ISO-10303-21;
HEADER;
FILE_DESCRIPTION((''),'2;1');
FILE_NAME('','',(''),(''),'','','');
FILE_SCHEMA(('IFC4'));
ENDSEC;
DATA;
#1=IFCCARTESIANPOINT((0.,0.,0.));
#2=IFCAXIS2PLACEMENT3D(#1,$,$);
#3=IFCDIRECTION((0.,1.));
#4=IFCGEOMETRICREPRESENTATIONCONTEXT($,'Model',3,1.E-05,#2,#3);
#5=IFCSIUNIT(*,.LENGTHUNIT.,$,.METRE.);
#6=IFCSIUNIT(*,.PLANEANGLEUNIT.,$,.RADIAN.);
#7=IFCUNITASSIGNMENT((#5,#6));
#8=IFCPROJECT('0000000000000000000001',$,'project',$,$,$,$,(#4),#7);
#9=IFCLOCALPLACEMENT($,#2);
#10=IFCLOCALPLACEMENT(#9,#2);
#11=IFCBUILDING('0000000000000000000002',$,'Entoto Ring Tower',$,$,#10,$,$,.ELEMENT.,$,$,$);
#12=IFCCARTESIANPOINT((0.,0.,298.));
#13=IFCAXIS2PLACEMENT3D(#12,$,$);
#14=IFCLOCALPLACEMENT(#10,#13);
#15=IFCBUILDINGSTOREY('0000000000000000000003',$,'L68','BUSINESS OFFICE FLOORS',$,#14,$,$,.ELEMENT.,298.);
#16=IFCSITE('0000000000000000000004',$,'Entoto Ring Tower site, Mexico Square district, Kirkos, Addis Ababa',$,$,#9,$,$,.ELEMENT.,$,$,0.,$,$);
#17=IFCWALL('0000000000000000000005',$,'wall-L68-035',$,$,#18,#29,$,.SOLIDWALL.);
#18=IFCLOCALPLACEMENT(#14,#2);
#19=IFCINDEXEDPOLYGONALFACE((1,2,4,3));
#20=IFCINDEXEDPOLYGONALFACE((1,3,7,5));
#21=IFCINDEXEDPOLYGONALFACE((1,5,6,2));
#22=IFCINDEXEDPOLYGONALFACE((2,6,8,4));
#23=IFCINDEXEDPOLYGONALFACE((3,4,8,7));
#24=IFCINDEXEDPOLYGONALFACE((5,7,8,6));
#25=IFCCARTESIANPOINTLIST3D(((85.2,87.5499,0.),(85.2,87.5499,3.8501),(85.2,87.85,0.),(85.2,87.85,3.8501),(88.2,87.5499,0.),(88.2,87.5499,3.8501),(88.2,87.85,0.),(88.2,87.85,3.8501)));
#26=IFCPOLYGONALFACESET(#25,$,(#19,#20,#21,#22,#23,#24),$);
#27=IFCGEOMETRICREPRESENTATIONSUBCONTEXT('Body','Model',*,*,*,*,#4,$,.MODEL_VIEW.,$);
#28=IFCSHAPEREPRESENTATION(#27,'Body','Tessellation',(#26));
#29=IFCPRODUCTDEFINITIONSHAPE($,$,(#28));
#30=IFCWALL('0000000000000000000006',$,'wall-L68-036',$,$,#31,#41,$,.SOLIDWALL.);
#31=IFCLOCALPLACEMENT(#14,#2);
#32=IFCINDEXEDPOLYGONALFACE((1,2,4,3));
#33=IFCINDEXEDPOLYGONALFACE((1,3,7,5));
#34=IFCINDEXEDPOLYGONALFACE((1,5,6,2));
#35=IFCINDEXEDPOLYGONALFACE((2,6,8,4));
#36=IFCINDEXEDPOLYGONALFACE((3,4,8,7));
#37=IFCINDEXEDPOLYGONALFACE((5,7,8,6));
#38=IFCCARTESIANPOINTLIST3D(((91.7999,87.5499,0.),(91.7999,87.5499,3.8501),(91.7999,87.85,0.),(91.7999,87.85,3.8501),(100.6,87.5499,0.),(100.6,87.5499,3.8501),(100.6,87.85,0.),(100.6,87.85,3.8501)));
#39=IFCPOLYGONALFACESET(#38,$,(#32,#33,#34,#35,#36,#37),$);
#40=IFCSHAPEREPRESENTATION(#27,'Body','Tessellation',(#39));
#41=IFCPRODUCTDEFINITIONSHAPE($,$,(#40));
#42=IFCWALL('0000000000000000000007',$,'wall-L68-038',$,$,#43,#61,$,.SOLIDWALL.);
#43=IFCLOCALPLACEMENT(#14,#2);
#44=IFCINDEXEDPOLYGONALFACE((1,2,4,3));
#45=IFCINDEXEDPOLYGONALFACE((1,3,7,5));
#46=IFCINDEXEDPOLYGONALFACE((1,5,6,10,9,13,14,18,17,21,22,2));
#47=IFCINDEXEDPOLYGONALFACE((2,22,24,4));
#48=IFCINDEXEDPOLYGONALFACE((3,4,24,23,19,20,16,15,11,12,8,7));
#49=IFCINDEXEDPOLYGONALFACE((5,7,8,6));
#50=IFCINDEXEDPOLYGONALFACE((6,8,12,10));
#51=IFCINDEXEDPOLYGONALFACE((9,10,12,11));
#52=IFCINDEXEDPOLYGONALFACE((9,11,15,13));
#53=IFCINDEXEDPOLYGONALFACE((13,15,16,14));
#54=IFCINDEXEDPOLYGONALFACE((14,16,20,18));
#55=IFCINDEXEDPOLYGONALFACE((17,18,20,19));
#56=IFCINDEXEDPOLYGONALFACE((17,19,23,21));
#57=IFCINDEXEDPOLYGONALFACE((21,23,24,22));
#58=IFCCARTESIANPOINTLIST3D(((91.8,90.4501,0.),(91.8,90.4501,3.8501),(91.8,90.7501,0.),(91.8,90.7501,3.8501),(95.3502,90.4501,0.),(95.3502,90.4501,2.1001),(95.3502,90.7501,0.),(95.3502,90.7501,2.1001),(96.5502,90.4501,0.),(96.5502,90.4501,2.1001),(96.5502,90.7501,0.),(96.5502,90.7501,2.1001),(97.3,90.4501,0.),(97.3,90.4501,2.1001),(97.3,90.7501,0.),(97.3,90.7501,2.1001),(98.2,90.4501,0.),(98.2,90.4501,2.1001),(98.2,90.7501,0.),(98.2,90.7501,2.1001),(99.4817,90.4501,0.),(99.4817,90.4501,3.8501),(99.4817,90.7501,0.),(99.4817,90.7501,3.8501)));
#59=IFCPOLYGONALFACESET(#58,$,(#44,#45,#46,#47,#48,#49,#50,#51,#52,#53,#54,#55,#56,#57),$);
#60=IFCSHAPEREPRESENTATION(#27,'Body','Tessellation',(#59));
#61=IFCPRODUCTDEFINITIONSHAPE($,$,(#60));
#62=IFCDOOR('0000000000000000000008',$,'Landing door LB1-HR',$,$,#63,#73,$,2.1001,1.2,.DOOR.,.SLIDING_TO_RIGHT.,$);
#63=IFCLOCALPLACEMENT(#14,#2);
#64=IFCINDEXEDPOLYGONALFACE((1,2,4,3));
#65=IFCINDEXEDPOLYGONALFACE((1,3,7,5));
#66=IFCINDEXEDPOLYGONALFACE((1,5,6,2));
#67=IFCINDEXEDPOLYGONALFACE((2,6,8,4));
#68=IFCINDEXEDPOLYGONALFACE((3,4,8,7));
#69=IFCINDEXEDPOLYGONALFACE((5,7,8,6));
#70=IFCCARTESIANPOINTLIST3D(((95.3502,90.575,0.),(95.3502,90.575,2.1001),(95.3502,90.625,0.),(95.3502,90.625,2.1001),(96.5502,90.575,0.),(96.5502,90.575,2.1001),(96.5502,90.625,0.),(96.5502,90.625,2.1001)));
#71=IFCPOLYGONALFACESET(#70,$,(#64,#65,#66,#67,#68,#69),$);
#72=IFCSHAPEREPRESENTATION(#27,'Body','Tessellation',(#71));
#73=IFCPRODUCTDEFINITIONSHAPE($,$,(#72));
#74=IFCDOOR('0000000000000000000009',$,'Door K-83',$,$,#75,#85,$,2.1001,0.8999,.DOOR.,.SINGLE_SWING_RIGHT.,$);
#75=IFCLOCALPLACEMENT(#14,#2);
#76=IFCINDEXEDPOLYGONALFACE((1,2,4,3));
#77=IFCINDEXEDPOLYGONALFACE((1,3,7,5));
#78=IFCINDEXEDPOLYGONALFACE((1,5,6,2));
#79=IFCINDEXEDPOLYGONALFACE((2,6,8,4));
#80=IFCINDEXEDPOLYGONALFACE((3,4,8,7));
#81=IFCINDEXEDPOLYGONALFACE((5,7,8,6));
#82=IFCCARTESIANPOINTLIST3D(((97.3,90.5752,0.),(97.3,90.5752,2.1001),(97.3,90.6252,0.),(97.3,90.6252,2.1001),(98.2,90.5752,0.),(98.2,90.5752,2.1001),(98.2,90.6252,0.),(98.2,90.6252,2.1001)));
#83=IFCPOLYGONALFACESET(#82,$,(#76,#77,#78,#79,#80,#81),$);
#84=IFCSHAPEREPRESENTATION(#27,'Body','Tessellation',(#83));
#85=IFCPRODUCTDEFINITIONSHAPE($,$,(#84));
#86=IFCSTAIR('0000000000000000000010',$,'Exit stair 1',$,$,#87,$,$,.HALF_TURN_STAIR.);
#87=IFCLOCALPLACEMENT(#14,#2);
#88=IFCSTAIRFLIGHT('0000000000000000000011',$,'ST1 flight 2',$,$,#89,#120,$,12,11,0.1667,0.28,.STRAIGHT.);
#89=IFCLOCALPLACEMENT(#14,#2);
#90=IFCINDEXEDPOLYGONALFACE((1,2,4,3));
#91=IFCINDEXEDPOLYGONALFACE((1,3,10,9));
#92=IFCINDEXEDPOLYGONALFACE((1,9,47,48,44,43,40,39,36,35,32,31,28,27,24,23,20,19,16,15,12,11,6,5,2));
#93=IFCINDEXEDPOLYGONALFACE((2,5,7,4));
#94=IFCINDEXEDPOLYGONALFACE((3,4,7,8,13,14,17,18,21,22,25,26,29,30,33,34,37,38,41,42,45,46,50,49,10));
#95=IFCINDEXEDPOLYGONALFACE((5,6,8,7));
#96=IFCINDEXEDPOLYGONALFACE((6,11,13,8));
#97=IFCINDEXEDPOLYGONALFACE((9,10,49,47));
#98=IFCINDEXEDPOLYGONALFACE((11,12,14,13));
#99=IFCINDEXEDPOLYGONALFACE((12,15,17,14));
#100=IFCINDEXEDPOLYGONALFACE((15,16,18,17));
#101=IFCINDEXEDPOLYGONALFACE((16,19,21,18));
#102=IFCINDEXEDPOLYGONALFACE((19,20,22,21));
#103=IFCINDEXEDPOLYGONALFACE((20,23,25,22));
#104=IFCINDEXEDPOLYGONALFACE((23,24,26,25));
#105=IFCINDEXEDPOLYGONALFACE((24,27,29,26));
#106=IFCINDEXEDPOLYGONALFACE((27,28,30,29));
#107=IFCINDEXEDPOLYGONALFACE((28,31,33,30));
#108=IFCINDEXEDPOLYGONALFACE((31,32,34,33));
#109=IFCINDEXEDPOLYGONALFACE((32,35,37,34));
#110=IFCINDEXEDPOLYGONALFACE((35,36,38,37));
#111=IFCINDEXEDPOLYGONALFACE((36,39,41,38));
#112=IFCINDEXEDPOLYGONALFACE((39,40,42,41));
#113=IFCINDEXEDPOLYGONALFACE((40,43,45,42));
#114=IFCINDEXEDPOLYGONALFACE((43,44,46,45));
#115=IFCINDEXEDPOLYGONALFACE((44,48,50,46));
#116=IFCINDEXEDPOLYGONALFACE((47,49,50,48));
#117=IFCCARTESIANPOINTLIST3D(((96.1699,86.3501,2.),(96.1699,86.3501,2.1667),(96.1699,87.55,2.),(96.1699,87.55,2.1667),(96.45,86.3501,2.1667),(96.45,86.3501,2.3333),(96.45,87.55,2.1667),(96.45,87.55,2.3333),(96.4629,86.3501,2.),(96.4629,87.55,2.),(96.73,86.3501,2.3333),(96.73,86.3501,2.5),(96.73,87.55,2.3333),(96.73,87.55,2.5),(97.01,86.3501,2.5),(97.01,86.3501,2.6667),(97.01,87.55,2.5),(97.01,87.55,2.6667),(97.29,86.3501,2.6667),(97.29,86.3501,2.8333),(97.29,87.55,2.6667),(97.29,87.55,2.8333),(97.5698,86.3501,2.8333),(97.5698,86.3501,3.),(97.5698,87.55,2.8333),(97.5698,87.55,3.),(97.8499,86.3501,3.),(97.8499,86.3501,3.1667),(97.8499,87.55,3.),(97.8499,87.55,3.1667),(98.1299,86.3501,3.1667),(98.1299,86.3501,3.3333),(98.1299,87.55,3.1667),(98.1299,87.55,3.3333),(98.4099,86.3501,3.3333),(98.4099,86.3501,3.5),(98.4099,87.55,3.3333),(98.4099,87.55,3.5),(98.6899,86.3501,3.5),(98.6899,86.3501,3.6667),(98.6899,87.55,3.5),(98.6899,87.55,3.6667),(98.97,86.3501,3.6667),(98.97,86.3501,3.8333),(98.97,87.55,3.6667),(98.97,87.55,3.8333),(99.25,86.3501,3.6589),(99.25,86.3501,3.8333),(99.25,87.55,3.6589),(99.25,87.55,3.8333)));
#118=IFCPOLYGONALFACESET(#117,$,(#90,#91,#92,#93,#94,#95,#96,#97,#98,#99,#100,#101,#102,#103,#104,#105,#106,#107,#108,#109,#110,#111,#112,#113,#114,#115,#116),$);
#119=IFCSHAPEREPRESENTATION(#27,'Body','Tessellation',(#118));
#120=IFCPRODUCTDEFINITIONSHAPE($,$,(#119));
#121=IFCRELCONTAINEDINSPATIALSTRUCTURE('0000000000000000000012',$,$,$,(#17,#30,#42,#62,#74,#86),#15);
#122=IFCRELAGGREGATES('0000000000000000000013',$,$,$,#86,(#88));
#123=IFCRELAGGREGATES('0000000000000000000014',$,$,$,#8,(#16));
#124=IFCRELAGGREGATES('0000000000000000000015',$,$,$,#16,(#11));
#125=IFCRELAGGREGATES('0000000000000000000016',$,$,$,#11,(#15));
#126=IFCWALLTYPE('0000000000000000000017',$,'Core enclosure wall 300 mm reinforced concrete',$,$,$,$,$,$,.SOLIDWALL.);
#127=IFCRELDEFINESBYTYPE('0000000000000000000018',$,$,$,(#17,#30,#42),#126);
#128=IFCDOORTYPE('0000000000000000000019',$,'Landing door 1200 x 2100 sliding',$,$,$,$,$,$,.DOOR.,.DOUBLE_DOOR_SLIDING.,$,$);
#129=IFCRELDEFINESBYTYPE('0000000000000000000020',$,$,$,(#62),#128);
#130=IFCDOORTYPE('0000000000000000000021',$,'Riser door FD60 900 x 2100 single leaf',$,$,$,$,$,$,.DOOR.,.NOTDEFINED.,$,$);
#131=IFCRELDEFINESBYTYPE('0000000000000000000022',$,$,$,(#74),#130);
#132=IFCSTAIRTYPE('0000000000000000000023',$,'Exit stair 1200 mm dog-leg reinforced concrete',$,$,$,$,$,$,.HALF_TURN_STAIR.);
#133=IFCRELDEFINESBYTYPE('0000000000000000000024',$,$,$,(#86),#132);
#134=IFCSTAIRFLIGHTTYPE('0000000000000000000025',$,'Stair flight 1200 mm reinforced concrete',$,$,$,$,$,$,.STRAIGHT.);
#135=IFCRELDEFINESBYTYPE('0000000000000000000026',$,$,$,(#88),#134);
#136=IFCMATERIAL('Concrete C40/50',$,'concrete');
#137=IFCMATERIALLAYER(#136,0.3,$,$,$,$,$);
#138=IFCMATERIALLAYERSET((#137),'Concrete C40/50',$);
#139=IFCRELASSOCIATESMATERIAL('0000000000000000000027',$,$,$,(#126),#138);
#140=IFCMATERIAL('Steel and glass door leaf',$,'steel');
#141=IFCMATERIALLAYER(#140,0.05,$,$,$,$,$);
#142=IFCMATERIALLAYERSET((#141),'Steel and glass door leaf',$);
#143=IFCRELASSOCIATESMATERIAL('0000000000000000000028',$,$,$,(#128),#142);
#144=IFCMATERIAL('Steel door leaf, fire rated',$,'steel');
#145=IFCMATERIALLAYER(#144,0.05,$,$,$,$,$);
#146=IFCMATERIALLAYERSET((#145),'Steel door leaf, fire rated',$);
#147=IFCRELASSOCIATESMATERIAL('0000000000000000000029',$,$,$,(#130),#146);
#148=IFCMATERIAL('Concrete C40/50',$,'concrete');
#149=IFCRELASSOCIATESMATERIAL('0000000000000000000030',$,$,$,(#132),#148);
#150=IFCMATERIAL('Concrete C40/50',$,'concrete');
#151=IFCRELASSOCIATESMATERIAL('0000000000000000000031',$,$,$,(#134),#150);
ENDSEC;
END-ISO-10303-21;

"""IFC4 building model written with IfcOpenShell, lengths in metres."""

from ifc_helpers import new_model, si_unit, direction, frame, frame_2d, origin, place, context, subcontext, project, spatial, polyline, rectangle, outline, extrude, material, layer, layer_set, type_object, element, fill, aggregate, save


model = new_model("IFC4")

# Units and contexts
model_context = context("Model", 3, precision=1e-05, world=origin(), true_north=direction((0.0, 1.0)))
body_context = subcontext(model_context, "Body", "Model", "MODEL_VIEW")
ifc_project = project(units=[si_unit("LENGTHUNIT", "METRE"), si_unit("PLANEANGLEUNIT", "RADIAN")], contexts=[model_context])

# Site, building, storey
site_placement = place(None, origin())
site = spatial("IfcSite", under=ifc_project, at=site_placement, Name="Entoto Ring Tower site, Mexico Square district, Kirkos, Addis Ababa", CompositionType="ELEMENT", RefElevation=0.0)
building_placement = place(site_placement, origin())
building = spatial("IfcBuilding", under=site, at=building_placement, Name="Entoto Ring Tower", CompositionType="ELEMENT")
storey_placement = place(building_placement, frame((0.0, 0.0, 298.0)))
storey = spatial("IfcBuildingStorey", under=building, at=storey_placement, Name="L68", Description="BUSINESS OFFICE FLOORS", CompositionType="ELEMENT", Elevation=298.0)

# Shared definitions
ifc_material_1 = material(Name="Concrete C40/50", Category="concrete")
ifc_layer_1 = layer(ifc_material_1, 0.3)
ifc_layer_set_1 = layer_set([ifc_layer_1], Name="Concrete C40/50")
wall_type = type_object("IfcWallType", Name="Core enclosure wall 300 mm reinforced concrete", PredefinedType="SOLIDWALL", material=ifc_layer_set_1)

# Shared definitions
ifc_material_2 = material(Name="Steel and glass door leaf", Category="steel")
ifc_layer_2 = layer(ifc_material_2, 0.05)
ifc_layer_set_2 = layer_set([ifc_layer_2], Name="Steel and glass door leaf")
door_type_1 = type_object("IfcDoorType", Name="Landing door 1200 x 2100 sliding", OperationType="DOUBLE_DOOR_SLIDING", PredefinedType="DOOR", material=ifc_layer_set_2)

# Walls
for number, where, z_axis, x_axis, name in (
    (1, (85.2, 87.7, 0.0), (0.0, 0.0, 1.0), (1.0, 0.0, 0.0), "wall-L68-035"),
):
    element("IfcWall", number, at=place(storey_placement, frame(where, z_axis=z_axis, x_axis=x_axis)), inside=storey, type_object=wall_type, Name=name, PredefinedType="SOLIDWALL", context=body_context, shape_type="SweptSolid", body=[
        extrude(rectangle(XDim=3.0, YDim=0.3, at=frame_2d((1.5, 0.0))), origin(), (0.0, 0.0, 1.0), 3.8501),
    ])
wall_1_placement = place(storey_placement, frame((91.8, 87.7, 0.0), z_axis=(0.0, 0.0, 1.0), x_axis=(1.0, 0.0, 0.0)))
element("IfcWall", 2, at=wall_1_placement, inside=storey, type_object=wall_type, Name="wall-L68-036", PredefinedType="SOLIDWALL", context=body_context, shape_type="SweptSolid", body=[
    extrude(rectangle(XDim=8.8, YDim=0.3, at=frame_2d((4.3999, 0.0))), origin(), (0.0, 0.0, 1.0), 3.8501),
])

# Wall, openings, doors
wall_2_placement = place(storey_placement, frame((91.8, 90.6001, 0.0), z_axis=(0.0, 0.0, 1.0), x_axis=(1.0, 0.0, 0.0)))
wall_2 = element("IfcWall", 3, at=wall_2_placement, inside=storey, type_object=wall_type, Name="wall-L68-038", PredefinedType="SOLIDWALL", context=body_context, shape_type="SweptSolid", body=[
    extrude(rectangle(XDim=7.6816, YDim=0.3, at=frame_2d((3.8408, 0.0))), origin(), (0.0, 0.0, 1.0), 3.8501),
])
opening_1_placement = place(wall_2_placement, frame((3.55, 0.0, 0.0)))
opening_1 = element("IfcOpeningElement", 4, at=opening_1_placement, cuts=wall_2, PredefinedType="OPENING", context=body_context, shape_type="SweptSolid", body=[
    extrude(rectangle(XDim=1.2, YDim=2.1001, at=frame_2d((0.6001, 1.05))), frame((0.0, 0.1602, 0.0), z_axis=(0.0, -1.0, 0.0), x_axis=(1.0, 0.0, 0.0)), (0.0, 0.0, 1.0), 0.3201),
])
opening_2_placement = place(wall_2_placement, frame((5.5, 0.0, 0.0)))
opening_2 = element("IfcOpeningElement", 5, at=opening_2_placement, cuts=wall_2, PredefinedType="OPENING", context=body_context, shape_type="SweptSolid", body=[
    extrude(rectangle(XDim=0.8999, YDim=2.1001, at=frame_2d((0.45, 1.05))), frame((0.0, 0.1602, 0.0), z_axis=(0.0, -1.0, 0.0), x_axis=(1.0, 0.0, 0.0)), (0.0, 0.0, 1.0), 0.3201),
])
door_1_placement = place(opening_1_placement, origin())
door_1 = element("IfcDoor", 6, at=door_1_placement, inside=storey, type_object=door_type_1, Name="Landing door LB1-HR", OperationType="SLIDING_TO_RIGHT", OverallHeight=2.1001, OverallWidth=1.2, PredefinedType="DOOR", context=body_context, shape_type="SweptSolid", body=[
    extrude(rectangle(XDim=1.2, YDim=2.1001, at=frame_2d((0.6001, 1.05))), frame((0.0, 0.0249, 0.0), z_axis=(0.0, -1.0, 0.0), x_axis=(1.0, 0.0, 0.0)), (0.0, 0.0, 1.0), 0.05),
])
fill(opening_1, door_1)
ifc_material_3 = material(Name="Steel door leaf, fire rated", Category="steel")
ifc_layer_3 = layer(ifc_material_3, 0.05)
ifc_layer_set_3 = layer_set([ifc_layer_3], Name="Steel door leaf, fire rated")
door_type_2 = type_object("IfcDoorType", Name="Riser door FD60 900 x 2100 single leaf", OperationType="NOTDEFINED", PredefinedType="DOOR", material=ifc_layer_set_3)
door_2_placement = place(opening_2_placement, frame((0.8999, 0.0, 0.0), z_axis=(0.0, 0.0, 1.0), x_axis=(-1.0, 0.0, 0.0)))
door_2 = element("IfcDoor", 7, at=door_2_placement, inside=storey, type_object=door_type_2, Name="Door K-83", OperationType="SINGLE_SWING_RIGHT", OverallHeight=2.1001, OverallWidth=0.8999, PredefinedType="DOOR", context=body_context, shape_type="SweptSolid", body=[
    extrude(rectangle(XDim=0.8999, YDim=2.1001, at=frame_2d((0.45, 1.05))), frame((0.0, 0.0249, 0.0), z_axis=(0.0, -1.0, 0.0), x_axis=(1.0, 0.0, 0.0)), (0.0, 0.0, 1.0), 0.05),
])
fill(opening_2, door_2)

# Stair, stair flight
ifc_material_4 = material(Name="Concrete C40/50", Category="concrete")
stair_type = type_object("IfcStairType", Name="Exit stair 1200 mm dog-leg reinforced concrete", PredefinedType="HALF_TURN_STAIR", material=ifc_material_4)
stair_placement = place(storey_placement, origin())
stair = element("IfcStair", 8, at=stair_placement, inside=storey, type_object=stair_type, Name="Exit stair 1", PredefinedType="HALF_TURN_STAIR")
ifc_material_5 = material(Name="Concrete C40/50", Category="concrete")
stair_flight_type = type_object("IfcStairFlightType", Name="Stair flight 1200 mm reinforced concrete", PredefinedType="STRAIGHT", material=ifc_material_5)
stair_flight_placement = place(storey_placement, frame((96.1699, 86.95, 2.0), z_axis=(0.0, 0.0, 1.0), x_axis=(1.0, 0.0, 0.0)))
stair_flight = element("IfcStairFlight", 9, at=stair_flight_placement, type_object=stair_flight_type, Name="ST1 flight 2", NumberOfRisers=12, NumberOfTreads=11, PredefinedType="STRAIGHT", RiserHeight=0.1667, TreadLength=0.28, context=body_context, shape_type="SweptSolid", body=[
    extrude(outline(polyline([(0.0, 0.0), (0.0, 0.1667), (0.28, 0.1667), (0.28, 0.3333), (0.5601, 0.3333), (0.5601, 0.5), (0.8401, 0.5), (0.8401, 0.6667), (1.1201, 0.6667), (1.1201, 0.8333), (1.3999, 0.8333), (1.3999, 1.0), (1.6799, 1.0), (1.6799, 1.1667), (1.96, 1.1667), (1.96, 1.3333), (2.24, 1.3333), (2.24, 1.5), (2.52, 1.5), (2.52, 1.6667), (2.8, 1.6667), (2.8, 1.8333), (3.0801, 1.8333), (3.0801, 2.0), (3.0801, 1.6589), (0.293, 0.0), (0.0, 0.0)])), frame((0.0, 0.6001, 0.0), z_axis=(0.0, -1.0, 0.0), x_axis=(1.0, 0.0, 0.0)), (0.0, 0.0, 1.0), 1.2),
])
aggregate(stair, [stair_flight])

save(model, "model.ifc")
